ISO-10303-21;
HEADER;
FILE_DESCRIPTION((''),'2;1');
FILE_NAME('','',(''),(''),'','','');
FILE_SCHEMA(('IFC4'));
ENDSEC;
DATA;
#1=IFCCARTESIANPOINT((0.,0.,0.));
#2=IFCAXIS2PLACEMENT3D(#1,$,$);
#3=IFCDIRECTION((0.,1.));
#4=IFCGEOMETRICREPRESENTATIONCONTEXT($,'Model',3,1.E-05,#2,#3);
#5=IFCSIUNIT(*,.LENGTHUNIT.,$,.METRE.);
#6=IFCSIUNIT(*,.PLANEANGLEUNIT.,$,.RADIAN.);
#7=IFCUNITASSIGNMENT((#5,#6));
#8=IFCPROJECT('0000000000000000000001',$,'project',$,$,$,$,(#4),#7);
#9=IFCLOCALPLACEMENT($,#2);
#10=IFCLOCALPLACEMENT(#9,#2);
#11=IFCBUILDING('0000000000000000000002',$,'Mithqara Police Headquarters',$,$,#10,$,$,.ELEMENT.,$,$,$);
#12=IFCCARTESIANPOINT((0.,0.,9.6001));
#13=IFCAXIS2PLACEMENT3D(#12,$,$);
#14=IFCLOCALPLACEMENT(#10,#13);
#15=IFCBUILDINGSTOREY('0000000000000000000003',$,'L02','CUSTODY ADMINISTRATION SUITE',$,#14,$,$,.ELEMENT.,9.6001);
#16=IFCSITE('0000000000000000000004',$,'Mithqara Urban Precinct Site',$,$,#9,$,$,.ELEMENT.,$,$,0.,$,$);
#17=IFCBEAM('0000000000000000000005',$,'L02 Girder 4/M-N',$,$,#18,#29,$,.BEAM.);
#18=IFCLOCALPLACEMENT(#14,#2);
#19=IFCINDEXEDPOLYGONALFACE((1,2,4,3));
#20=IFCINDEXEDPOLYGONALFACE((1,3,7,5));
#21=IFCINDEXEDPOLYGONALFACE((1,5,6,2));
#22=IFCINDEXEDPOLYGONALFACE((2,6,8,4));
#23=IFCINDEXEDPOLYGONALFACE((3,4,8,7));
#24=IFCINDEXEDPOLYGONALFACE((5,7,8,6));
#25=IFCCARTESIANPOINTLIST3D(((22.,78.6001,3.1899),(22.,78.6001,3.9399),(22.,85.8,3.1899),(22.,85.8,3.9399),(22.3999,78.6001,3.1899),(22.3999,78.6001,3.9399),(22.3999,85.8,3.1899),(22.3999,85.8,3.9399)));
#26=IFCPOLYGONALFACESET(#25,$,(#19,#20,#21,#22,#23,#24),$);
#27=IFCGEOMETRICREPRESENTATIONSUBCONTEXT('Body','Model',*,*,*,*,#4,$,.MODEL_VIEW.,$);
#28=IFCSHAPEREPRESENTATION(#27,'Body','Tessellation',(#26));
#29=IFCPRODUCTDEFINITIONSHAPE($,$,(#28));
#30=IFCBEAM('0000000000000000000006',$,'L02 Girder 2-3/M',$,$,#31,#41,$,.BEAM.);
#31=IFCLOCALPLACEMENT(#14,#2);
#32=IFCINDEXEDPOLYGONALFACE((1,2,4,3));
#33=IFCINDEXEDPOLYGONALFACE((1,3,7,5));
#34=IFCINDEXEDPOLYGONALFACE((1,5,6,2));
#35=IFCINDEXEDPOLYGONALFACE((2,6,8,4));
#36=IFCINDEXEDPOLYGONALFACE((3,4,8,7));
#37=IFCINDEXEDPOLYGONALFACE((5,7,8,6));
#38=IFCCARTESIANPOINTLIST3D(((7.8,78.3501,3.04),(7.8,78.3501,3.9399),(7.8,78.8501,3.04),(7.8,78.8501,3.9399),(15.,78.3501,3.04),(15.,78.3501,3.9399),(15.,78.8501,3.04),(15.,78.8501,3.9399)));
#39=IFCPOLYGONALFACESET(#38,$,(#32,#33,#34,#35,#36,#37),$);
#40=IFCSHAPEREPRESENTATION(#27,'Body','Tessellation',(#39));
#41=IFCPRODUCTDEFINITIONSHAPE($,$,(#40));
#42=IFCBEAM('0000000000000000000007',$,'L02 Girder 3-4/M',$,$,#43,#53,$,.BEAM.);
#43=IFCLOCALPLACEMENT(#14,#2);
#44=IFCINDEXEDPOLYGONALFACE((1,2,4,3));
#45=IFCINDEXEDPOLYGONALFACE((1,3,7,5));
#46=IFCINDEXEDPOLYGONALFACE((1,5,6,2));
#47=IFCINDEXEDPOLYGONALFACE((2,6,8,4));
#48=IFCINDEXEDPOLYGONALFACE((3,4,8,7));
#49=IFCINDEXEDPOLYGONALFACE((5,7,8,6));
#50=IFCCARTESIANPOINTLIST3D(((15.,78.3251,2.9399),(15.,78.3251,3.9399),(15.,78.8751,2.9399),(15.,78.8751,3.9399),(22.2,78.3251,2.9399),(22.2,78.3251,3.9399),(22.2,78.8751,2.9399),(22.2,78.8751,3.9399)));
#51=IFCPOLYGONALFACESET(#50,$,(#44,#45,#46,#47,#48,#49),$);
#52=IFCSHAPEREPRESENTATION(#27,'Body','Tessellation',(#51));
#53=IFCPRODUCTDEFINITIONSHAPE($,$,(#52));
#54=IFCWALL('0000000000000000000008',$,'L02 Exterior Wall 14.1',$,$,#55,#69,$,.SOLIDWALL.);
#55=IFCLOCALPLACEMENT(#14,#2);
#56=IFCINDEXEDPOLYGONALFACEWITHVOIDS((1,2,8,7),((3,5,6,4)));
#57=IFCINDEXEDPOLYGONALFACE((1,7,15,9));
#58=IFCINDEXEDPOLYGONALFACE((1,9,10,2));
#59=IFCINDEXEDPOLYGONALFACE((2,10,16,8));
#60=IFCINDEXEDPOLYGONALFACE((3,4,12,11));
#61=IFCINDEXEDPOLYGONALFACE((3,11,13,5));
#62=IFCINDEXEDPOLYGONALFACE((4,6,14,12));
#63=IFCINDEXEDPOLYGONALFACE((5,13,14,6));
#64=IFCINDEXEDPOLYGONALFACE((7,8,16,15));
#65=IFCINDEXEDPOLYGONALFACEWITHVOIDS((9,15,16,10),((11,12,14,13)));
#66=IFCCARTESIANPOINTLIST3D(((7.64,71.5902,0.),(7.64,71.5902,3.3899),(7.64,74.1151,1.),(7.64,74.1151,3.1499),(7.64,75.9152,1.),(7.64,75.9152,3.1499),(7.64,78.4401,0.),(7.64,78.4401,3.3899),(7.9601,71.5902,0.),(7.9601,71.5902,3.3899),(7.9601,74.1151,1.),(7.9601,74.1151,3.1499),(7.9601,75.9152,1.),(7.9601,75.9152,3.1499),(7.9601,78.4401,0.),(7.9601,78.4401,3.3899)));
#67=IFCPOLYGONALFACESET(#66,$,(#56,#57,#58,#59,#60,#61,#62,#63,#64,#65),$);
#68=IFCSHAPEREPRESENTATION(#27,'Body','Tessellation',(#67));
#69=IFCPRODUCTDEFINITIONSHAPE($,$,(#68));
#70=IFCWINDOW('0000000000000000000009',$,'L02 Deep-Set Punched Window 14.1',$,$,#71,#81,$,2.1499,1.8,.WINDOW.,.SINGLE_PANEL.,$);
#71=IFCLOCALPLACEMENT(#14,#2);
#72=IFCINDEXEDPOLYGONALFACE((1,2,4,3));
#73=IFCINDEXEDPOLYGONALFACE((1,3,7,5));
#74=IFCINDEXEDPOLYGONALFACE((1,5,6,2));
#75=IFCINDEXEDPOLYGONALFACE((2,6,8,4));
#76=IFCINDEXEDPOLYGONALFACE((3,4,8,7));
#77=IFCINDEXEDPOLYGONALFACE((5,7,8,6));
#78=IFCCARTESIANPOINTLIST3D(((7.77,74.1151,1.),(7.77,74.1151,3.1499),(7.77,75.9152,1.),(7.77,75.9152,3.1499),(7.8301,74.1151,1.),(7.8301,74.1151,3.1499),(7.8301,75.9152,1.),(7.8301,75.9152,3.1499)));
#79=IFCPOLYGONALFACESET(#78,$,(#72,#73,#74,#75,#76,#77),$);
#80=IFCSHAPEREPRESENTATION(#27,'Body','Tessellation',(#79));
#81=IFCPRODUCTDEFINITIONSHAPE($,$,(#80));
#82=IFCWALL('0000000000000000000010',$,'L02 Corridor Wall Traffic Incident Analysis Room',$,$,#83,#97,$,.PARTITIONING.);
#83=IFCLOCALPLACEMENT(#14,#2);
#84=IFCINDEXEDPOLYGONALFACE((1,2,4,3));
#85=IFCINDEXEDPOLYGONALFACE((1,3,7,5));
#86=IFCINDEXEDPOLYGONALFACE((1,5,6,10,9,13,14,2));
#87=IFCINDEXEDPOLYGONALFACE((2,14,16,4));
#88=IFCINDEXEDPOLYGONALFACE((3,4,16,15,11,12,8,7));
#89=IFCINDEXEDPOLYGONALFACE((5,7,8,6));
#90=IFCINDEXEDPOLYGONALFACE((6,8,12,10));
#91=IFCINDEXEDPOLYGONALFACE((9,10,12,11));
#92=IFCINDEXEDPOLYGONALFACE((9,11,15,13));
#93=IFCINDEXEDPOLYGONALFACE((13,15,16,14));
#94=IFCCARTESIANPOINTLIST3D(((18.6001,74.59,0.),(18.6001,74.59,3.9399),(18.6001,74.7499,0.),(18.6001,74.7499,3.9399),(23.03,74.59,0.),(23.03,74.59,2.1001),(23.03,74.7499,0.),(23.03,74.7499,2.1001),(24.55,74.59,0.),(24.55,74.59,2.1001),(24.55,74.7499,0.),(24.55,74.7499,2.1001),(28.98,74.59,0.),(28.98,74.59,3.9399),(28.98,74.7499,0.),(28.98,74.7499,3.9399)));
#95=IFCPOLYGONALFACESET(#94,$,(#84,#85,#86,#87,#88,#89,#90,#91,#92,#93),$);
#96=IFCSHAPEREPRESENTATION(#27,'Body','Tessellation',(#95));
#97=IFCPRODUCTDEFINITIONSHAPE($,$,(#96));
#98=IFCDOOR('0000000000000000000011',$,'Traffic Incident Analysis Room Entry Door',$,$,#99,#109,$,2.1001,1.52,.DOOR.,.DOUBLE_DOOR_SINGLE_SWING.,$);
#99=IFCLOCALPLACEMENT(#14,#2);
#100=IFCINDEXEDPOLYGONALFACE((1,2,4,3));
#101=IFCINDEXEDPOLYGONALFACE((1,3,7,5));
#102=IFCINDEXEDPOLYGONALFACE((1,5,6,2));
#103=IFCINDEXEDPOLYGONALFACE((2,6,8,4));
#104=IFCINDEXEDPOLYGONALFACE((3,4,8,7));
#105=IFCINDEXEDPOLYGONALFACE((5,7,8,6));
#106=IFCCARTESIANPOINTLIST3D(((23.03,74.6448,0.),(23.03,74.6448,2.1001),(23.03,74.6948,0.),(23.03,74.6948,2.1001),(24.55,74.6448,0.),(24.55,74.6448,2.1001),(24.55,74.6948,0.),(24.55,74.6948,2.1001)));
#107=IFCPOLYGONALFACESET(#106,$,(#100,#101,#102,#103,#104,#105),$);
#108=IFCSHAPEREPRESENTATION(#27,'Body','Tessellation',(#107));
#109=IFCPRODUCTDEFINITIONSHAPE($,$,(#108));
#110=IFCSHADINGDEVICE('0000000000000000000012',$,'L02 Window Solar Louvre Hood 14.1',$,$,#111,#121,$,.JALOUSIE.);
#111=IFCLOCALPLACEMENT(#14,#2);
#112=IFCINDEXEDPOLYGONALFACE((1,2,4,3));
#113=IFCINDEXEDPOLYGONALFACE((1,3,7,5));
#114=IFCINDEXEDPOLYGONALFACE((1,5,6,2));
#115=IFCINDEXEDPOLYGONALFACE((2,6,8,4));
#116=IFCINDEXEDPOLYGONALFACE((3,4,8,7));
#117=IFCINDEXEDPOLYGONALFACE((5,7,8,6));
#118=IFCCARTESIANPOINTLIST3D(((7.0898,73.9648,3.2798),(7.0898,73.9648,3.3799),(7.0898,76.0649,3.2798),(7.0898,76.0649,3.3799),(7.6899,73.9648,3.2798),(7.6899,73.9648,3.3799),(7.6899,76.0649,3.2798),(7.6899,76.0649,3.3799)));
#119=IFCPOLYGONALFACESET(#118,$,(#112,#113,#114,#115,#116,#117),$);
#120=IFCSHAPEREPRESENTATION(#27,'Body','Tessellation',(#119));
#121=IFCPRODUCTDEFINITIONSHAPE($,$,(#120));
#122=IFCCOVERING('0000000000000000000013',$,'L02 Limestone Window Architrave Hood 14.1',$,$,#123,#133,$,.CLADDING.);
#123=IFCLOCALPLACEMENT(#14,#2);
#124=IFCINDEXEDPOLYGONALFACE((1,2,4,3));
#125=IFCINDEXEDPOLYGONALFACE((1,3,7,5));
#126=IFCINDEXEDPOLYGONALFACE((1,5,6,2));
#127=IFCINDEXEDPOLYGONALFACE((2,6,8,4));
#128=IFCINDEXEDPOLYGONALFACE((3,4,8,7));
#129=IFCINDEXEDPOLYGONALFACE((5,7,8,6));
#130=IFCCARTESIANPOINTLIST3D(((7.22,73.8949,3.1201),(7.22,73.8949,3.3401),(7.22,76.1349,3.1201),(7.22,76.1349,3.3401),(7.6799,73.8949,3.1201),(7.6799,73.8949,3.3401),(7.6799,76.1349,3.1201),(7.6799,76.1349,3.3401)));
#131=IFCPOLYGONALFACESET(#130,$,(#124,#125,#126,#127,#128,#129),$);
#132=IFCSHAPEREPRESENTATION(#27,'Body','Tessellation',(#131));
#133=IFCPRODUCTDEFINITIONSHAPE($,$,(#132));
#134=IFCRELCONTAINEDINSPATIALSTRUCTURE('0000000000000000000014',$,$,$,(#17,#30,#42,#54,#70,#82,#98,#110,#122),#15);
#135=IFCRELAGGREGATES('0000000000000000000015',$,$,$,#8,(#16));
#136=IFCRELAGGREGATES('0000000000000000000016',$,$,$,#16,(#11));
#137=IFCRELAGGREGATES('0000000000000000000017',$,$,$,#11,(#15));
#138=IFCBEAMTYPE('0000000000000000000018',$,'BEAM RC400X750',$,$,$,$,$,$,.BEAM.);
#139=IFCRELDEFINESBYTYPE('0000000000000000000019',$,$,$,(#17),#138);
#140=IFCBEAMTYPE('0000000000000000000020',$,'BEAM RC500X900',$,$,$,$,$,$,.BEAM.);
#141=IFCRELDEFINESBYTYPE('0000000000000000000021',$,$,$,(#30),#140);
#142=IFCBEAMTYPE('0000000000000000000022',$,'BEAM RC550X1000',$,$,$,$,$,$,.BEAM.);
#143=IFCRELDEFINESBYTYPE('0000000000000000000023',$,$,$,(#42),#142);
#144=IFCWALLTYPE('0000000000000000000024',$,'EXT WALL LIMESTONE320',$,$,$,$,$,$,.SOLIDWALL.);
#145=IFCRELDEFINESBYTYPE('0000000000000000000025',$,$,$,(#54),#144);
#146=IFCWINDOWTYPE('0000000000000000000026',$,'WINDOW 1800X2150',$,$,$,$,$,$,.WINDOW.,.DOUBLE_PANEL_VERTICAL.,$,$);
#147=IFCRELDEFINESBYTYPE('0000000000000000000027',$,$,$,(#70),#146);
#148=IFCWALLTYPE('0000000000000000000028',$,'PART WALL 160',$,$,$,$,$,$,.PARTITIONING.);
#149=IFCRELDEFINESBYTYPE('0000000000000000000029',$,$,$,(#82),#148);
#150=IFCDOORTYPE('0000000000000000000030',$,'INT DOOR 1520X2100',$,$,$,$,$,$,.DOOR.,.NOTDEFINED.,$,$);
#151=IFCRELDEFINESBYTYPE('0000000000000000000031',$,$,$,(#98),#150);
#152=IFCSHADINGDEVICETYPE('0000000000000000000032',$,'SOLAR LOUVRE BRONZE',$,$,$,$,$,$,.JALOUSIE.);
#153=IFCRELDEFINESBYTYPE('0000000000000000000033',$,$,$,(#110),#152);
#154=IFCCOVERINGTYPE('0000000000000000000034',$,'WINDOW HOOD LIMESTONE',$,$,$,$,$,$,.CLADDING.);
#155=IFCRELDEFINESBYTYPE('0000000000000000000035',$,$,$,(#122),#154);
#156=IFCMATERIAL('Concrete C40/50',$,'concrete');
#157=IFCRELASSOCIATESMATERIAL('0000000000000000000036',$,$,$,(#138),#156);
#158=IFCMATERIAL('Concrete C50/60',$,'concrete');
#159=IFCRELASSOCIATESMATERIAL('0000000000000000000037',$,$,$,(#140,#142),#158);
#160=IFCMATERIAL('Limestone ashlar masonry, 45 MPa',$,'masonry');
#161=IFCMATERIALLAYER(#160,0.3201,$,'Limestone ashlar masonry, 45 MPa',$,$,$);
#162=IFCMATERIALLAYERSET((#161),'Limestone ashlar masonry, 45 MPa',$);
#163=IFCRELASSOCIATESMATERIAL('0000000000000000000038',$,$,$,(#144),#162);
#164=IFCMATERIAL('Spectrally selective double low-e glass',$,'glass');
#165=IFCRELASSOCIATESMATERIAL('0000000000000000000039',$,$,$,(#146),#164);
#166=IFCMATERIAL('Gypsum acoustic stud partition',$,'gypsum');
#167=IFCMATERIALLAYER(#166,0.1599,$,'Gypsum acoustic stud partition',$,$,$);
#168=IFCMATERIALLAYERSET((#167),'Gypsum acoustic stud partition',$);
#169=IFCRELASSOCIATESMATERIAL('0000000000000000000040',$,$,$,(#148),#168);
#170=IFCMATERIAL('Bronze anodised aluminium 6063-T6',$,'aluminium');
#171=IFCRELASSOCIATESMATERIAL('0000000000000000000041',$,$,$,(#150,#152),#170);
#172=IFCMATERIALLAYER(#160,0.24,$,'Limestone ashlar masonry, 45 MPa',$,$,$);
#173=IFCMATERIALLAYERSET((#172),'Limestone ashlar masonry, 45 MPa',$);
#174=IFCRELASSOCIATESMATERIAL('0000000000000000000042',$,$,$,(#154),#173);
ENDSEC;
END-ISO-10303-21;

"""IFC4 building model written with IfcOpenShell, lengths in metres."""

from ifc_helpers import new_model, si_unit, direction, frame, frame_2d, origin, origin_2d, place, context, subcontext, project, spatial, rectangle, extrude, material, layer, layer_set, material_profile, profile_set, type_object, element, fill, save


model = new_model("IFC4")

# Units and contexts
model_context = context("Model", 3, precision=1e-05, world=origin(), true_north=direction((0.0, 1.0)))
body_context = subcontext(model_context, "Body", "Model", "MODEL_VIEW")
ifc_project = project(units=[si_unit("LENGTHUNIT", "METRE"), si_unit("PLANEANGLEUNIT", "RADIAN")], contexts=[model_context])

# Site, building, storey
site_placement = place(None, origin())
site = spatial("IfcSite", under=ifc_project, at=site_placement, Name="Mithqara Urban Precinct Site", CompositionType="ELEMENT", RefElevation=0.0)
building_placement = place(site_placement, origin())
building = spatial("IfcBuilding", under=site, at=building_placement, Name="Mithqara Police Headquarters", CompositionType="ELEMENT")
storey_placement = place(building_placement, frame((0.0, 0.0, 9.6001)))
storey = spatial("IfcBuildingStorey", under=building, at=storey_placement, Name="L02", Description="CUSTODY ADMINISTRATION SUITE", CompositionType="ELEMENT", Elevation=9.6001)

# Shared definitions
ifc_material_1 = material(Name="Concrete C50/60", Category="concrete")

# Beams
ifc_material_2 = material(Name="Concrete C40/50", Category="concrete")
ifc_material_profile_1 = material_profile(ifc_material_2, rectangle(XDim=0.3999, YDim=0.75, at=origin_2d()), Name="RC 400x750")
ifc_profile_set_1 = profile_set([ifc_material_profile_1], Name="Concrete C40/50")
beam_type_1 = type_object("IfcBeamType", Name="BEAM RC400X750", PredefinedType="BEAM", material=ifc_profile_set_1)
beam_1_placement = place(storey_placement, frame((22.2, 78.6001, 3.5649), z_axis=(0.0, 1.0, 0.0), x_axis=(-1.0, 0.0, 0.0)))
element("IfcBeam", 1, at=beam_1_placement, inside=storey, type_object=beam_type_1, Name="L02 Girder 4/M-N", PredefinedType="BEAM", context=body_context, shape_type="SweptSolid", body=[
    extrude(rectangle(XDim=0.3999, YDim=0.75, at=origin_2d()), origin(), (0.0, 0.0, 1.0), 7.2),
])
ifc_material_profile_2 = material_profile(ifc_material_1, rectangle(XDim=0.5, YDim=0.8999, at=origin_2d()), Name="RC 500x900")
ifc_profile_set_2 = profile_set([ifc_material_profile_2], Name="Concrete C50/60")
beam_type_2 = type_object("IfcBeamType", Name="BEAM RC500X900", PredefinedType="BEAM", material=ifc_profile_set_2)
beam_2_placement = place(storey_placement, frame((7.8, 78.6001, 3.49), z_axis=(1.0, 0.0, 0.0), x_axis=(0.0, 1.0, 0.0)))
element("IfcBeam", 2, at=beam_2_placement, inside=storey, type_object=beam_type_2, Name="L02 Girder 2-3/M", PredefinedType="BEAM", context=body_context, shape_type="SweptSolid", body=[
    extrude(rectangle(XDim=0.5, YDim=0.8999, at=origin_2d()), origin(), (0.0, 0.0, 1.0), 7.2),
])
ifc_material_profile_3 = material_profile(ifc_material_1, rectangle(XDim=0.55, YDim=1.0, at=origin_2d()), Name="RC 550x1000")
ifc_profile_set_3 = profile_set([ifc_material_profile_3], Name="Concrete C50/60")
beam_type_3 = type_object("IfcBeamType", Name="BEAM RC550X1000", PredefinedType="BEAM", material=ifc_profile_set_3)
beam_3_placement = place(storey_placement, frame((15.0, 78.6001, 3.4399), z_axis=(1.0, 0.0, 0.0), x_axis=(0.0, 1.0, 0.0)))
element("IfcBeam", 3, at=beam_3_placement, inside=storey, type_object=beam_type_3, Name="L02 Girder 3-4/M", PredefinedType="BEAM", context=body_context, shape_type="SweptSolid", body=[
    extrude(rectangle(XDim=0.55, YDim=1.0, at=origin_2d()), origin(), (0.0, 0.0, 1.0), 7.2),
])

# Wall, opening, window
ifc_material_3 = material(Name="Limestone ashlar masonry, 45 MPa", Category="masonry")
ifc_layer_1 = layer(ifc_material_3, 0.3201, Name="Limestone ashlar masonry, 45 MPa")
ifc_layer_set_1 = layer_set([ifc_layer_1], Name="Limestone ashlar masonry, 45 MPa")
wall_type_1 = type_object("IfcWallType", Name="EXT WALL LIMESTONE320", PredefinedType="SOLIDWALL", material=ifc_layer_set_1)
wall_1_placement = place(storey_placement, frame((7.8, 78.4399, 0.0), z_axis=(0.0, 0.0, 1.0), x_axis=(0.0, -1.0, 0.0)))
wall_1 = element("IfcWall", 4, at=wall_1_placement, inside=storey, type_object=wall_type_1, Name="L02 Exterior Wall 14.1", PredefinedType="SOLIDWALL", context=body_context, shape_type="SweptSolid", body=[
    extrude(rectangle(XDim=6.8499, YDim=0.3201, at=frame_2d((3.4248, 0.0))), origin(), (0.0, 0.0, 1.0), 3.3899),
])
opening_1_placement = place(wall_1_placement, frame((2.5249, 0.0, 1.0)))
opening_1 = element("IfcOpeningElement", 5, at=opening_1_placement, cuts=wall_1, PredefinedType="OPENING", context=body_context, shape_type="SweptSolid", body=[
    extrude(rectangle(XDim=1.8, YDim=2.1499, at=frame_2d((0.8999, 1.075))), frame((0.0, 0.1699, 0.0), z_axis=(0.0, -1.0, 0.0), x_axis=(1.0, 0.0, 0.0)), (0.0, 0.0, 1.0), 0.3401),
])
ifc_material_4 = material(Name="Spectrally selective double low-e glass", Category="glass")
window_type = type_object("IfcWindowType", Name="WINDOW 1800X2150", PartitioningType="DOUBLE_PANEL_VERTICAL", PredefinedType="WINDOW", material=ifc_material_4)
window_placement = place(opening_1_placement, origin())
window = element("IfcWindow", 6, at=window_placement, inside=storey, type_object=window_type, Name="L02 Deep-Set Punched Window 14.1", OverallHeight=2.1499, OverallWidth=1.8, PartitioningType="SINGLE_PANEL", PredefinedType="WINDOW", context=body_context, shape_type="SweptSolid", body=[
    extrude(rectangle(XDim=1.8, YDim=2.1499, at=frame_2d((0.8999, 1.075))), frame((0.0, 0.03, 0.0), z_axis=(0.0, -1.0, 0.0), x_axis=(1.0, 0.0, 0.0)), (0.0, 0.0, 1.0), 0.0601),
])
fill(opening_1, window)

# Wall, opening, door
ifc_material_5 = material(Name="Gypsum acoustic stud partition", Category="gypsum")
ifc_layer_2 = layer(ifc_material_5, 0.1599, Name="Gypsum acoustic stud partition")
ifc_layer_set_2 = layer_set([ifc_layer_2], Name="Gypsum acoustic stud partition")
wall_type_2 = type_object("IfcWallType", Name="PART WALL 160", PredefinedType="PARTITIONING", material=ifc_layer_set_2)
wall_2_placement = place(storey_placement, frame((18.6001, 74.6699, 0.0), z_axis=(0.0, 0.0, 1.0), x_axis=(1.0, 0.0, 0.0)))
wall_2 = element("IfcWall", 7, at=wall_2_placement, inside=storey, type_object=wall_type_2, Name="L02 Corridor Wall Traffic Incident Analysis Room", PredefinedType="PARTITIONING", context=body_context, shape_type="SweptSolid", body=[
    extrude(rectangle(XDim=10.3799, YDim=0.1599, at=frame_2d((5.1899, 0.0))), origin(), (0.0, 0.0, 1.0), 3.9399),
])
opening_2_placement = place(wall_2_placement, frame((4.4299, 0.0, 0.0)))
opening_2 = element("IfcOpeningElement", 8, at=opening_2_placement, cuts=wall_2, PredefinedType="OPENING", context=body_context, shape_type="SweptSolid", body=[
    extrude(rectangle(XDim=1.52, YDim=2.1001, at=frame_2d((0.76, 1.05))), frame((0.0, 0.0898, 0.0), z_axis=(0.0, -1.0, 0.0), x_axis=(1.0, 0.0, 0.0)), (0.0, 0.0, 1.0), 0.1799),
])
ifc_material_6 = material(Name="Bronze anodised aluminium 6063-T6", Category="aluminium")
door_type = type_object("IfcDoorType", Name="INT DOOR 1520X2100", OperationType="NOTDEFINED", PredefinedType="DOOR", material=ifc_material_6)
door_placement = place(opening_2_placement, origin())
door = element("IfcDoor", 9, at=door_placement, inside=storey, type_object=door_type, Name="Traffic Incident Analysis Room Entry Door", OperationType="DOUBLE_DOOR_SINGLE_SWING", OverallHeight=2.1001, OverallWidth=1.52, PredefinedType="DOOR", context=body_context, shape_type="SweptSolid", body=[
    extrude(rectangle(XDim=1.52, YDim=2.1001, at=frame_2d((0.76, 1.05))), frame((0.0, 0.0249, 0.0), z_axis=(0.0, -1.0, 0.0), x_axis=(1.0, 0.0, 0.0)), (0.0, 0.0, 1.0), 0.05),
])
fill(opening_2, door)

# Shading device
shading_device_type = type_object("IfcShadingDeviceType", Name="SOLAR LOUVRE BRONZE", PredefinedType="JALOUSIE", material=ifc_material_6)
shading_device_placement = place(storey_placement, frame((7.3899, 75.0149, 3.2798), z_axis=(0.0, 0.0, 1.0), x_axis=(0.0, 1.0, 0.0)))
element("IfcShadingDevice", 10, at=shading_device_placement, inside=storey, type_object=shading_device_type, Name="L02 Window Solar Louvre Hood 14.1", PredefinedType="JALOUSIE", context=body_context, shape_type="SweptSolid", body=[
    extrude(rectangle(XDim=2.1001, YDim=0.6001, at=origin_2d()), origin(), (0.0, 0.0, 1.0), 0.1001),
])

# Covering
ifc_layer_3 = layer(ifc_material_3, 0.24, Name="Limestone ashlar masonry, 45 MPa")
ifc_layer_set_3 = layer_set([ifc_layer_3], Name="Limestone ashlar masonry, 45 MPa")
covering_type = type_object("IfcCoveringType", Name="WINDOW HOOD LIMESTONE", PredefinedType="CLADDING", material=ifc_layer_set_3)
covering_placement = place(storey_placement, frame((7.45, 75.0149, 3.1201), z_axis=(0.0, 0.0, 1.0), x_axis=(0.0, 1.0, 0.0)))
element("IfcCovering", 11, at=covering_placement, inside=storey, type_object=covering_type, Name="L02 Limestone Window Architrave Hood 14.1", PredefinedType="CLADDING", context=body_context, shape_type="SweptSolid", body=[
    extrude(rectangle(XDim=2.24, YDim=0.46, at=origin_2d()), origin(), (0.0, 0.0, 1.0), 0.22),
])

save(model, "model.ifc")
